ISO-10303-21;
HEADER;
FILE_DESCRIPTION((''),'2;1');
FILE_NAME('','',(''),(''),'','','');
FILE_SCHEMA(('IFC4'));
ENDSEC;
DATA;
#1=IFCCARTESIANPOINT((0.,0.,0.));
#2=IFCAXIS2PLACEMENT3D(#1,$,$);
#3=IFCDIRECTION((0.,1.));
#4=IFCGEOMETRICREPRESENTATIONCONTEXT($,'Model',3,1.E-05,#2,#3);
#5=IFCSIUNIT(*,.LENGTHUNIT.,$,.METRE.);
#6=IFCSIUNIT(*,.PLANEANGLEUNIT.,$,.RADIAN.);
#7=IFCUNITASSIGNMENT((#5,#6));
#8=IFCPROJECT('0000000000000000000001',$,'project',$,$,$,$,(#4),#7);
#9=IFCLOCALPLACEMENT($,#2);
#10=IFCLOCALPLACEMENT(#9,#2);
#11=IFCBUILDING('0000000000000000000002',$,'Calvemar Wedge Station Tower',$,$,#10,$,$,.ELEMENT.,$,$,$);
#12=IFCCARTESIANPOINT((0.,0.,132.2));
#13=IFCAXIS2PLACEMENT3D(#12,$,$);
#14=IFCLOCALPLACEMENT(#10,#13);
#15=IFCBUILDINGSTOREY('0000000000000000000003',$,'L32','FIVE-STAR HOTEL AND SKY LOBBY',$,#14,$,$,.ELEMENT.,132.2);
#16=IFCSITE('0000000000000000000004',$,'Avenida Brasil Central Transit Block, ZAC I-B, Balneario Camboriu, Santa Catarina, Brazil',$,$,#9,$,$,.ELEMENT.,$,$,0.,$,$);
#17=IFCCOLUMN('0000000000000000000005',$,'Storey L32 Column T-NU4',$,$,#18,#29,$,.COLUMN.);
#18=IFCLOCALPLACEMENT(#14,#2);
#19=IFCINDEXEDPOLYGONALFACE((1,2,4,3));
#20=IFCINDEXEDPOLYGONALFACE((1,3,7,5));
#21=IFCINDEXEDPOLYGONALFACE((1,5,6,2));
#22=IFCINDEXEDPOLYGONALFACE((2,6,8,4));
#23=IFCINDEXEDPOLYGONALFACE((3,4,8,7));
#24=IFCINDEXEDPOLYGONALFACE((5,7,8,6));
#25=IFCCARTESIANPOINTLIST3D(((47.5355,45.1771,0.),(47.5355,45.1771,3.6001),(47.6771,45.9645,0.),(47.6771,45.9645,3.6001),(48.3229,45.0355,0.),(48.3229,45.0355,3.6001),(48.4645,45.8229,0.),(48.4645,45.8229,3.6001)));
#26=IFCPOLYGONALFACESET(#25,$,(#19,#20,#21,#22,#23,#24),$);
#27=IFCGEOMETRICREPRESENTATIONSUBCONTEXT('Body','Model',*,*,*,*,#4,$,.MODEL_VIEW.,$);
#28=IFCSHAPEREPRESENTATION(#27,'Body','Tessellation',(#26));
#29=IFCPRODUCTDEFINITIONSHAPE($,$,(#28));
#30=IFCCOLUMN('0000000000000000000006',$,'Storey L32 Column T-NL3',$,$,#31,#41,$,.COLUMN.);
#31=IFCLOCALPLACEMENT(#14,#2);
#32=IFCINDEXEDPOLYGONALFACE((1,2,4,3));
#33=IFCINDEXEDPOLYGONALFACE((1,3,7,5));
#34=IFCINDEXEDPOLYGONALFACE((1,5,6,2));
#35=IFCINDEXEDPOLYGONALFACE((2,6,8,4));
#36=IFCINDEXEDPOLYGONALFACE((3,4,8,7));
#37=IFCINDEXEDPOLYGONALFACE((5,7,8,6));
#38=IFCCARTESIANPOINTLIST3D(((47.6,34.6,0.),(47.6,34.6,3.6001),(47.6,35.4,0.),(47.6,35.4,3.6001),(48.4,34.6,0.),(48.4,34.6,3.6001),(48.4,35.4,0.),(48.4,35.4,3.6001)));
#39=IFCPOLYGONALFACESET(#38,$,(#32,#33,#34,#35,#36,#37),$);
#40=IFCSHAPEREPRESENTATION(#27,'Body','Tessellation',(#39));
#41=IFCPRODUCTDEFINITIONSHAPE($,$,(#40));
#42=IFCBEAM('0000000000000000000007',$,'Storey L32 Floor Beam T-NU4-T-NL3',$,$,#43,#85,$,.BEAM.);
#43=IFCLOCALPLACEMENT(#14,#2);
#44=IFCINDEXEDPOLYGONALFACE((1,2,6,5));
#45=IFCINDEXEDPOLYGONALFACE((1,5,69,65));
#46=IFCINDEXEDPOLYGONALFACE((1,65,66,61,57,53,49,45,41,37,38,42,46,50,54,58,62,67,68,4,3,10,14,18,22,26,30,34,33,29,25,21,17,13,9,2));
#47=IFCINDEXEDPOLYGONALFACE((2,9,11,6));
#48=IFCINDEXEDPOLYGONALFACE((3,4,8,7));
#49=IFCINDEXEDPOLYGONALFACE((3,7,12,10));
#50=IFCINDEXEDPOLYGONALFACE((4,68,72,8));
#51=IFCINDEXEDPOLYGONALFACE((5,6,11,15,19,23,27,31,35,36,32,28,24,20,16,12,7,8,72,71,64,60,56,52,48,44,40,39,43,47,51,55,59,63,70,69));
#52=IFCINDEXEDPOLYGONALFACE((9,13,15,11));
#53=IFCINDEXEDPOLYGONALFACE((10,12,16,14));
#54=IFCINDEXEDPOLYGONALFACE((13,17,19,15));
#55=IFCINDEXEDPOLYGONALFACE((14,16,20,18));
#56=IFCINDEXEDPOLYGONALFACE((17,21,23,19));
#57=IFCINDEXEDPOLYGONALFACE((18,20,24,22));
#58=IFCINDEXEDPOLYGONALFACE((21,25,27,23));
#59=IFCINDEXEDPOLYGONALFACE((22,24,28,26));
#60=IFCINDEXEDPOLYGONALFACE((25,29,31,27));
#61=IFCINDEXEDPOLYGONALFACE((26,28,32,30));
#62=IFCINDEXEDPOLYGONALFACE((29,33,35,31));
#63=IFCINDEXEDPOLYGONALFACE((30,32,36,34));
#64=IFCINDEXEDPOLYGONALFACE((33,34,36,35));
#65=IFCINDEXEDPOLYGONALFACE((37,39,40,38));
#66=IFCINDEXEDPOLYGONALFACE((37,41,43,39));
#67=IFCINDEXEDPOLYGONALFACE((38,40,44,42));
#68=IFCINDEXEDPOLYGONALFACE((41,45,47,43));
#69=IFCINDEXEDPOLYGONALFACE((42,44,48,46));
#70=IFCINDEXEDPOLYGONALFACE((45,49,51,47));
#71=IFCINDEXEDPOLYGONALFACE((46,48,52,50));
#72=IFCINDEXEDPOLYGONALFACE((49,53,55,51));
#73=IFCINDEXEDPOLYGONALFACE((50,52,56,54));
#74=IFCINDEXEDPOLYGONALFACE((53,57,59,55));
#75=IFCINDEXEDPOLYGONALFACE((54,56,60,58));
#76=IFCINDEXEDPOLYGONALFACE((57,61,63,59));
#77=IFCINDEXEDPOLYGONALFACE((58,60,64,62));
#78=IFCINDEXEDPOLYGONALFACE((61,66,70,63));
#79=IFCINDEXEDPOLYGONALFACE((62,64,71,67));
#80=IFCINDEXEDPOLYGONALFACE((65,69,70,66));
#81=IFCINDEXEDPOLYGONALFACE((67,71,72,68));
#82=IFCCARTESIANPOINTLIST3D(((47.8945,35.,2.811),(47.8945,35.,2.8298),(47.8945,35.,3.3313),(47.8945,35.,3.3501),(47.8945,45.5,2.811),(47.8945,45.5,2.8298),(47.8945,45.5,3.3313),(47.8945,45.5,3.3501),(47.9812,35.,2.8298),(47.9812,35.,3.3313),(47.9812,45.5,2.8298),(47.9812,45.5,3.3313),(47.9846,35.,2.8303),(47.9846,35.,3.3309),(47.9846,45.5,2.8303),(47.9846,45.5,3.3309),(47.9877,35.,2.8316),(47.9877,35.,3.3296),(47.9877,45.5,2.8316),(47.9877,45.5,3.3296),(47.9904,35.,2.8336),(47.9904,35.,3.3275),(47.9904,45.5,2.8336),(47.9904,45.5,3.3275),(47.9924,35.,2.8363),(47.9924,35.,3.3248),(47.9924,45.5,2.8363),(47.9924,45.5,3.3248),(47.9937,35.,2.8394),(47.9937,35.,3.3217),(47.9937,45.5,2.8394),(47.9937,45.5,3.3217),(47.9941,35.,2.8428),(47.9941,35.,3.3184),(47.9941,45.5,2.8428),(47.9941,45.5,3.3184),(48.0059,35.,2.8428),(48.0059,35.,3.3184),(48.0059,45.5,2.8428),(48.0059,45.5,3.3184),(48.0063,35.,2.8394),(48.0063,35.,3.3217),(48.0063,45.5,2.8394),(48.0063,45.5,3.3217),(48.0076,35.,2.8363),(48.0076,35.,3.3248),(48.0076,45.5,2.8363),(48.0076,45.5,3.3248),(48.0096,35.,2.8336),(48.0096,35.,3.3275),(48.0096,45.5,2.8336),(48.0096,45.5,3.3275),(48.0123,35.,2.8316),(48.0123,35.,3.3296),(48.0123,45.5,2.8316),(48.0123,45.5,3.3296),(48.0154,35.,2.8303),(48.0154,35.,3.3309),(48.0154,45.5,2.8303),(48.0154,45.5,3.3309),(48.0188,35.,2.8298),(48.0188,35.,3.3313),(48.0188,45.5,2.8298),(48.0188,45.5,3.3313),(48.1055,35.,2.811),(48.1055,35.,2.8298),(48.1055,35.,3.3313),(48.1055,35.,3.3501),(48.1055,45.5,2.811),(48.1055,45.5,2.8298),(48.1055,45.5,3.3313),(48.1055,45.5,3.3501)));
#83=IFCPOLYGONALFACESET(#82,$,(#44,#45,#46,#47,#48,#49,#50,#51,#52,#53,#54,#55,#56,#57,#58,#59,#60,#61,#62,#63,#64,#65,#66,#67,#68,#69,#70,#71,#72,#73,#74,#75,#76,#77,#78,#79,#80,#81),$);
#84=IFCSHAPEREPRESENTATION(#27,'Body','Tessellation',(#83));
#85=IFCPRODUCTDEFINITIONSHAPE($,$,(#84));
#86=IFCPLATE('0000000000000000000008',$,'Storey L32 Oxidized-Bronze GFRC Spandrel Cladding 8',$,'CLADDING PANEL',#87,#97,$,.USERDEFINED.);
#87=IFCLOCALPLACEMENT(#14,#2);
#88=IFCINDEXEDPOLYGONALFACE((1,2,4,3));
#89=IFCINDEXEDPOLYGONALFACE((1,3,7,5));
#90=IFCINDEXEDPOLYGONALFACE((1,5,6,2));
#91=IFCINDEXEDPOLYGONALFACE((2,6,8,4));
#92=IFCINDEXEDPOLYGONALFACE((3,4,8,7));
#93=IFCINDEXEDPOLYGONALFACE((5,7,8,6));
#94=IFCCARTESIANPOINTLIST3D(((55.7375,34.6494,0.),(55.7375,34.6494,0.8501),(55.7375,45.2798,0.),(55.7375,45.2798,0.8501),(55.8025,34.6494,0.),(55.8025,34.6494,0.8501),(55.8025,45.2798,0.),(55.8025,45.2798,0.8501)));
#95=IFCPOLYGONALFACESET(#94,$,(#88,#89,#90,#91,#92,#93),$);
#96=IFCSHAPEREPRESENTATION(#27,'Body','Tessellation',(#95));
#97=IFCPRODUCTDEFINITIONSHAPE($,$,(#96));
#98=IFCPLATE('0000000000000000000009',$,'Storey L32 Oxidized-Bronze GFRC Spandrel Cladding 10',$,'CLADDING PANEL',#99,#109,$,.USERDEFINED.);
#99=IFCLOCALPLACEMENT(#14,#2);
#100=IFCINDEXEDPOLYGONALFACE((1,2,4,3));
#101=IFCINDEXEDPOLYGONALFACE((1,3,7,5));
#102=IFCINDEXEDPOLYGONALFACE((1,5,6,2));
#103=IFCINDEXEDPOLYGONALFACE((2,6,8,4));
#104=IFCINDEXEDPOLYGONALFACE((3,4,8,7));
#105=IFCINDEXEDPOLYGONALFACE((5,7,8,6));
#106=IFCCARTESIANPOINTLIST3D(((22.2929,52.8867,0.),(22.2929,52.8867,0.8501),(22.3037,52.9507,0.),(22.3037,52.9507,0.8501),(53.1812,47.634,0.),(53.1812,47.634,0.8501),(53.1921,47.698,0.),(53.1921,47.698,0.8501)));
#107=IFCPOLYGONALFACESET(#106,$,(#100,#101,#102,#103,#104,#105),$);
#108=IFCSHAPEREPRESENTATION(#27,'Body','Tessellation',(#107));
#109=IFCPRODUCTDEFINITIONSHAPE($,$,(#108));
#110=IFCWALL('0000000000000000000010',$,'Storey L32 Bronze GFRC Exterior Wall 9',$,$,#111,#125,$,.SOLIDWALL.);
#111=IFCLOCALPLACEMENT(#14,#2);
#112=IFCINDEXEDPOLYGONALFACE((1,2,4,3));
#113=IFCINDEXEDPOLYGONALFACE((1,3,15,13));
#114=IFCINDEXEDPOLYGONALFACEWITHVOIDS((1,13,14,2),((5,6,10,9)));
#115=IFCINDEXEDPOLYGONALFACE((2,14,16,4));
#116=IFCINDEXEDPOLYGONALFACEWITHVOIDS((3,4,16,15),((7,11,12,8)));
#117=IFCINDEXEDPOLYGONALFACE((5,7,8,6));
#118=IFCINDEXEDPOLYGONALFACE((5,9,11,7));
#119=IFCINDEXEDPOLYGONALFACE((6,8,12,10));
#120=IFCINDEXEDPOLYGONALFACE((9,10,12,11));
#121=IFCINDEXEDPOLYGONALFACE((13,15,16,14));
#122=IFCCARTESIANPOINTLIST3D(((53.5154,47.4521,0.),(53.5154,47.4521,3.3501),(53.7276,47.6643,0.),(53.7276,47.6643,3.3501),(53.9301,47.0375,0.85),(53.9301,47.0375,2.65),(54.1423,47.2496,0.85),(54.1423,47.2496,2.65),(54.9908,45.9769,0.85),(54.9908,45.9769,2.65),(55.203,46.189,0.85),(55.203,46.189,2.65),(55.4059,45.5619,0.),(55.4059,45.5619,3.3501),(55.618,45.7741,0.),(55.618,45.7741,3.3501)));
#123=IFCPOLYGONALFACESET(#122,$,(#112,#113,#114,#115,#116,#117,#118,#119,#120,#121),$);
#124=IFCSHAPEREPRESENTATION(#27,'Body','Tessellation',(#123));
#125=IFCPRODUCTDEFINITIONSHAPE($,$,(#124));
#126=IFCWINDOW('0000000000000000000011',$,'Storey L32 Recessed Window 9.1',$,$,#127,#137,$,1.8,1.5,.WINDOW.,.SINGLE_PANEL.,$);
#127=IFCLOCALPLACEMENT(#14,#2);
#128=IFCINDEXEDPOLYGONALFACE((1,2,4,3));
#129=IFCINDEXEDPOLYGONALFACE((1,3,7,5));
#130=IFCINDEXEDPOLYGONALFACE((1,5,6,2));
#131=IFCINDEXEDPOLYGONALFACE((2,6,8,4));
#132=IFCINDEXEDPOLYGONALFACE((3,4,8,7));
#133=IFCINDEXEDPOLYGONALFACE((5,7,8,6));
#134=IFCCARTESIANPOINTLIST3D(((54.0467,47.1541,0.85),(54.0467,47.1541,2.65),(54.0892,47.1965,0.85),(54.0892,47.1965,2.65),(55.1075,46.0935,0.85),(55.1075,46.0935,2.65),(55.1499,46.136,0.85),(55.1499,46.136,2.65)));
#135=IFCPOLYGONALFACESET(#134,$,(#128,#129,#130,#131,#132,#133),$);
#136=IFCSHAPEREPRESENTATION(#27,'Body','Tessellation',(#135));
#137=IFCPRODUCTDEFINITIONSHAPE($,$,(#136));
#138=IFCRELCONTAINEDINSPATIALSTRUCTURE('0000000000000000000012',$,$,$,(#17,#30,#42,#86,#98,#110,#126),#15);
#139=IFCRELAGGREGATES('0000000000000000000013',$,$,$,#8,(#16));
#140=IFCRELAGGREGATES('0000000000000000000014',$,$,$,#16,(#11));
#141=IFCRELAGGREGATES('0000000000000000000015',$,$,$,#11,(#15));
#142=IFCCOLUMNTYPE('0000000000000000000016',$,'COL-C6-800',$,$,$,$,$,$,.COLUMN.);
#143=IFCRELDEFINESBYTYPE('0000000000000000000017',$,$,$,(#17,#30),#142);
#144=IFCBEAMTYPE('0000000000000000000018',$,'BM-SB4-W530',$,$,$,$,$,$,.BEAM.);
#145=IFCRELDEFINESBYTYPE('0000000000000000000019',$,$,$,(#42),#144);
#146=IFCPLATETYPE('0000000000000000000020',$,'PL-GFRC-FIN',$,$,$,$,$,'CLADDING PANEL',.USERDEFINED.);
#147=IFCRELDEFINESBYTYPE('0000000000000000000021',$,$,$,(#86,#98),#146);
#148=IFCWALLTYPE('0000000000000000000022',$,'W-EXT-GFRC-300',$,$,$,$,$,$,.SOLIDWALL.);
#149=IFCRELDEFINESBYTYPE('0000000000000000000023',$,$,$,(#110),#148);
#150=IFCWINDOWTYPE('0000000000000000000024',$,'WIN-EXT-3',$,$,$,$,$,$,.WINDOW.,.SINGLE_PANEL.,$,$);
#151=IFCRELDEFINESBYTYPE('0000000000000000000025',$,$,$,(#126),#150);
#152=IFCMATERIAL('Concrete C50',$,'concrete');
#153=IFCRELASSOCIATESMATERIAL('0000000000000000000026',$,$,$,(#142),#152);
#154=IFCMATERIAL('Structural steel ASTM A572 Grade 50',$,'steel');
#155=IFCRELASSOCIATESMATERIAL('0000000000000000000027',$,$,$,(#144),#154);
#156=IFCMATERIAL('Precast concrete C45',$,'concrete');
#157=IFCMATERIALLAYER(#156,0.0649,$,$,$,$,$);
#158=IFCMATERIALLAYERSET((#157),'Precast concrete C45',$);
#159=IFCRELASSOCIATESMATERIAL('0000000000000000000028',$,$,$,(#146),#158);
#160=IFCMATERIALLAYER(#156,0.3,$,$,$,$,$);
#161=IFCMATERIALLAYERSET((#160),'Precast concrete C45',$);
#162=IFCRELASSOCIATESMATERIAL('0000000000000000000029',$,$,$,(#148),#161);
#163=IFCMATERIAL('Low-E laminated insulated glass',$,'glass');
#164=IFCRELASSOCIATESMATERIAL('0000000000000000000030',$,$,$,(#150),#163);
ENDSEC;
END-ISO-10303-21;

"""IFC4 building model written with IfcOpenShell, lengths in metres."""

from ifc_helpers import new_model, si_unit, direction, frame, frame_2d, origin, origin_2d, place, context, subcontext, project, spatial, rectangle, i_section, extrude, source, transform, mapped, material, layer, layer_set, material_profile, profile_set, type_object, element, fill, save


model = new_model("IFC4")

# Units and contexts
model_context = context("Model", 3, precision=1e-05, world=origin(), true_north=direction((0.0, 1.0)))
body_context = subcontext(model_context, "Body", "Model", "MODEL_VIEW")
ifc_project = project(units=[si_unit("LENGTHUNIT", "METRE"), si_unit("PLANEANGLEUNIT", "RADIAN")], contexts=[model_context])

# Site, building, storey
site_placement = place(None, origin())
site = spatial("IfcSite", under=ifc_project, at=site_placement, Name="Avenida Brasil Central Transit Block, ZAC I-B, Balneario Camboriu, Santa Catarina, Brazil", CompositionType="ELEMENT", RefElevation=0.0)
building_placement = place(site_placement, origin())
building = spatial("IfcBuilding", under=site, at=building_placement, Name="Calvemar Wedge Station Tower", CompositionType="ELEMENT")
storey_placement = place(building_placement, frame((0.0, 0.0, 132.2)))
storey = spatial("IfcBuildingStorey", under=building, at=storey_placement, Name="L32", Description="FIVE-STAR HOTEL AND SKY LOBBY", CompositionType="ELEMENT", Elevation=132.2)

# Columns
ifc_material_1 = material(Name="Concrete C50", Category="concrete")
ifc_material_profile_1 = material_profile(ifc_material_1, rectangle(XDim=0.8, YDim=0.8, at=origin_2d()), Name="RC800x800")
ifc_profile_set_1 = profile_set([ifc_material_profile_1], Name="Concrete C50")
column_type = type_object("IfcColumnType", Name="COL-C6-800", PredefinedType="COLUMN", material=ifc_profile_set_1)
shared_shape_1 = source(origin(), body_context, "Body", "SweptSolid", [
    extrude(rectangle(XDim=0.8, YDim=0.8, at=origin_2d()), origin(), (0.0, 0.0, 1.0), 3.6001),
])
for number, where, z_axis, x_axis, name in (
    (1, (48.0, 45.5, 0.0), (0.0, 0.0, 1.0), (0.984196, -0.177085, 0.0), "Storey L32 Column T-NU4"),
    (2, (48.0, 35.0, 0.0), (0.0, 0.0, 1.0), (1.0, 0.0, 0.0), "Storey L32 Column T-NL3"),
):
    element("IfcColumn", number, at=place(storey_placement, frame(where, z_axis=z_axis, x_axis=x_axis)), inside=storey, type_object=column_type, Name=name, PredefinedType="COLUMN", context=body_context, shape_type="MappedRepresentation", body=[
        mapped(shared_shape_1, transform((0.0, 0.0, 0.0), scale=1.0)),
    ])

# Beam
ifc_material_2 = material(Name="Structural steel ASTM A572 Grade 50", Category="steel")
ifc_material_profile_2 = material_profile(ifc_material_2, i_section(OverallWidth=0.2109, OverallDepth=0.5391, WebThickness=0.0117, FlangeThickness=0.0188, FilletRadius=0.0129, at=origin_2d()), Name="W530x109")
ifc_profile_set_2 = profile_set([ifc_material_profile_2], Name="Structural steel ASTM A572 Grade 50")
beam_type = type_object("IfcBeamType", Name="BM-SB4-W530", PredefinedType="BEAM", material=ifc_profile_set_2)
shared_shape_2 = source(origin(), body_context, "Body", "SweptSolid", [
    extrude(i_section(OverallWidth=0.2109, OverallDepth=0.5391, WebThickness=0.0117, FlangeThickness=0.0188, FilletRadius=0.0129, at=origin_2d()), origin(), (0.0, 0.0, 1.0), 10.5),
])
beam_placement = place(storey_placement, frame((48.0, 45.5, 3.0806), z_axis=(0.0, -1.0, 0.0), x_axis=(1.0, 0.0, 0.0)))
element("IfcBeam", 3, at=beam_placement, inside=storey, type_object=beam_type, Name="Storey L32 Floor Beam T-NU4-T-NL3", PredefinedType="BEAM", context=body_context, shape_type="MappedRepresentation", body=[
    mapped(shared_shape_2, transform((0.0, 0.0, 0.0), scale=1.0)),
])

# Plates
ifc_material_3 = material(Name="Precast concrete C45", Category="concrete")
ifc_layer_1 = layer(ifc_material_3, 0.0649)
ifc_layer_set_1 = layer_set([ifc_layer_1], Name="Precast concrete C45")
plate_type = type_object("IfcPlateType", Name="PL-GFRC-FIN", ElementType="CLADDING PANEL", PredefinedType="USERDEFINED", material=ifc_layer_set_1)
plate_1_placement = place(storey_placement, frame((55.77, 34.6494, 0.0), z_axis=(0.0, 0.0, 1.0), x_axis=(0.0, 1.0, 0.0)))
element("IfcPlate", 4, at=plate_1_placement, inside=storey, type_object=plate_type, Name="Storey L32 Oxidized-Bronze GFRC Spandrel Cladding 8", ObjectType="CLADDING PANEL", PredefinedType="USERDEFINED", context=body_context, shape_type="SweptSolid", body=[
    extrude(rectangle(XDim=10.6304, YDim=0.0649, at=frame_2d((5.3152, 0.0))), origin(), (0.0, 0.0, 1.0), 0.8501),
])
plate_2_placement = place(storey_placement, frame((53.1868, 47.666, 0.0), z_axis=(0.0, 0.0, 1.0), x_axis=(-0.985847, 0.167647, 0.0)))
element("IfcPlate", 5, at=plate_2_placement, inside=storey, type_object=plate_type, Name="Storey L32 Oxidized-Bronze GFRC Spandrel Cladding 10", ObjectType="CLADDING PANEL", PredefinedType="USERDEFINED", context=body_context, shape_type="SweptSolid", body=[
    extrude(rectangle(XDim=31.3318, YDim=0.0649, at=frame_2d((15.666, 0.0))), origin(), (0.0, 0.0, 1.0), 0.8501),
])

# Shared definitions
ifc_layer_2 = layer(ifc_material_3, 0.3)
ifc_layer_set_2 = layer_set([ifc_layer_2], Name="Precast concrete C45")
wall_type_1 = type_object("IfcWallType", Name="W-EXT-GFRC-300", PredefinedType="SOLIDWALL", material=ifc_layer_set_2)
ifc_material_4 = material(Name="Low-E laminated insulated glass", Category="glass")

# Wall, opening, window
wall_1_placement = place(storey_placement, frame((55.512, 45.668, 0.0), z_axis=(0.0, 0.0, 1.0), x_axis=(-0.707152, 0.707061, 0.0)))
wall_1 = element("IfcWall", 6, at=wall_1_placement, inside=storey, type_object=wall_type_1, Name="Storey L32 Bronze GFRC Exterior Wall 9", PredefinedType="SOLIDWALL", context=body_context, shape_type="SweptSolid", body=[
    extrude(rectangle(XDim=2.6733, YDim=0.3, at=frame_2d((1.3367, 0.0))), origin(), (0.0, 0.0, 1.0), 3.3501),
])
shared_shape_3 = source(origin(), body_context, "Body", "SweptSolid", [
    extrude(rectangle(XDim=1.5, YDim=1.8, at=frame_2d((0.75, 0.8999))), frame((0.0, 0.1602, 0.0), z_axis=(0.0, -1.0, 0.0), x_axis=(1.0, 0.0, 0.0)), (0.0, 0.0, 1.0), 0.3201),
])
opening_1_placement = place(wall_1_placement, frame((0.5869, 0.0, 0.8501)))
opening_1 = element("IfcOpeningElement", 7, at=opening_1_placement, cuts=wall_1, PredefinedType="OPENING", context=body_context, shape_type="MappedRepresentation", body=[
    mapped(shared_shape_3, transform((0.0, 0.0, 0.0), scale=1.0)),
])
window_type_1 = type_object("IfcWindowType", Name="WIN-EXT-3", PartitioningType="SINGLE_PANEL", PredefinedType="WINDOW", material=ifc_material_4)
shared_shape_4 = source(origin(), body_context, "Body", "SweptSolid", [
    extrude(rectangle(XDim=1.5, YDim=1.8, at=frame_2d((0.75, 0.8999))), frame((0.0, -0.0149, 0.0), z_axis=(0.0, -1.0, 0.0), x_axis=(1.0, 0.0, 0.0)), (0.0, 0.0, 1.0), 0.0601),
])
window_1_placement = place(opening_1_placement, origin())
window_1 = element("IfcWindow", 8, at=window_1_placement, inside=storey, type_object=window_type_1, Name="Storey L32 Recessed Window 9.1", OverallHeight=1.8, OverallWidth=1.5, PartitioningType="SINGLE_PANEL", PredefinedType="WINDOW", context=body_context, shape_type="MappedRepresentation", body=[
    mapped(shared_shape_4, transform((0.0, 0.0, 0.0), scale=1.0)),
])
fill(opening_1, window_1)

save(model, "model.ifc")
